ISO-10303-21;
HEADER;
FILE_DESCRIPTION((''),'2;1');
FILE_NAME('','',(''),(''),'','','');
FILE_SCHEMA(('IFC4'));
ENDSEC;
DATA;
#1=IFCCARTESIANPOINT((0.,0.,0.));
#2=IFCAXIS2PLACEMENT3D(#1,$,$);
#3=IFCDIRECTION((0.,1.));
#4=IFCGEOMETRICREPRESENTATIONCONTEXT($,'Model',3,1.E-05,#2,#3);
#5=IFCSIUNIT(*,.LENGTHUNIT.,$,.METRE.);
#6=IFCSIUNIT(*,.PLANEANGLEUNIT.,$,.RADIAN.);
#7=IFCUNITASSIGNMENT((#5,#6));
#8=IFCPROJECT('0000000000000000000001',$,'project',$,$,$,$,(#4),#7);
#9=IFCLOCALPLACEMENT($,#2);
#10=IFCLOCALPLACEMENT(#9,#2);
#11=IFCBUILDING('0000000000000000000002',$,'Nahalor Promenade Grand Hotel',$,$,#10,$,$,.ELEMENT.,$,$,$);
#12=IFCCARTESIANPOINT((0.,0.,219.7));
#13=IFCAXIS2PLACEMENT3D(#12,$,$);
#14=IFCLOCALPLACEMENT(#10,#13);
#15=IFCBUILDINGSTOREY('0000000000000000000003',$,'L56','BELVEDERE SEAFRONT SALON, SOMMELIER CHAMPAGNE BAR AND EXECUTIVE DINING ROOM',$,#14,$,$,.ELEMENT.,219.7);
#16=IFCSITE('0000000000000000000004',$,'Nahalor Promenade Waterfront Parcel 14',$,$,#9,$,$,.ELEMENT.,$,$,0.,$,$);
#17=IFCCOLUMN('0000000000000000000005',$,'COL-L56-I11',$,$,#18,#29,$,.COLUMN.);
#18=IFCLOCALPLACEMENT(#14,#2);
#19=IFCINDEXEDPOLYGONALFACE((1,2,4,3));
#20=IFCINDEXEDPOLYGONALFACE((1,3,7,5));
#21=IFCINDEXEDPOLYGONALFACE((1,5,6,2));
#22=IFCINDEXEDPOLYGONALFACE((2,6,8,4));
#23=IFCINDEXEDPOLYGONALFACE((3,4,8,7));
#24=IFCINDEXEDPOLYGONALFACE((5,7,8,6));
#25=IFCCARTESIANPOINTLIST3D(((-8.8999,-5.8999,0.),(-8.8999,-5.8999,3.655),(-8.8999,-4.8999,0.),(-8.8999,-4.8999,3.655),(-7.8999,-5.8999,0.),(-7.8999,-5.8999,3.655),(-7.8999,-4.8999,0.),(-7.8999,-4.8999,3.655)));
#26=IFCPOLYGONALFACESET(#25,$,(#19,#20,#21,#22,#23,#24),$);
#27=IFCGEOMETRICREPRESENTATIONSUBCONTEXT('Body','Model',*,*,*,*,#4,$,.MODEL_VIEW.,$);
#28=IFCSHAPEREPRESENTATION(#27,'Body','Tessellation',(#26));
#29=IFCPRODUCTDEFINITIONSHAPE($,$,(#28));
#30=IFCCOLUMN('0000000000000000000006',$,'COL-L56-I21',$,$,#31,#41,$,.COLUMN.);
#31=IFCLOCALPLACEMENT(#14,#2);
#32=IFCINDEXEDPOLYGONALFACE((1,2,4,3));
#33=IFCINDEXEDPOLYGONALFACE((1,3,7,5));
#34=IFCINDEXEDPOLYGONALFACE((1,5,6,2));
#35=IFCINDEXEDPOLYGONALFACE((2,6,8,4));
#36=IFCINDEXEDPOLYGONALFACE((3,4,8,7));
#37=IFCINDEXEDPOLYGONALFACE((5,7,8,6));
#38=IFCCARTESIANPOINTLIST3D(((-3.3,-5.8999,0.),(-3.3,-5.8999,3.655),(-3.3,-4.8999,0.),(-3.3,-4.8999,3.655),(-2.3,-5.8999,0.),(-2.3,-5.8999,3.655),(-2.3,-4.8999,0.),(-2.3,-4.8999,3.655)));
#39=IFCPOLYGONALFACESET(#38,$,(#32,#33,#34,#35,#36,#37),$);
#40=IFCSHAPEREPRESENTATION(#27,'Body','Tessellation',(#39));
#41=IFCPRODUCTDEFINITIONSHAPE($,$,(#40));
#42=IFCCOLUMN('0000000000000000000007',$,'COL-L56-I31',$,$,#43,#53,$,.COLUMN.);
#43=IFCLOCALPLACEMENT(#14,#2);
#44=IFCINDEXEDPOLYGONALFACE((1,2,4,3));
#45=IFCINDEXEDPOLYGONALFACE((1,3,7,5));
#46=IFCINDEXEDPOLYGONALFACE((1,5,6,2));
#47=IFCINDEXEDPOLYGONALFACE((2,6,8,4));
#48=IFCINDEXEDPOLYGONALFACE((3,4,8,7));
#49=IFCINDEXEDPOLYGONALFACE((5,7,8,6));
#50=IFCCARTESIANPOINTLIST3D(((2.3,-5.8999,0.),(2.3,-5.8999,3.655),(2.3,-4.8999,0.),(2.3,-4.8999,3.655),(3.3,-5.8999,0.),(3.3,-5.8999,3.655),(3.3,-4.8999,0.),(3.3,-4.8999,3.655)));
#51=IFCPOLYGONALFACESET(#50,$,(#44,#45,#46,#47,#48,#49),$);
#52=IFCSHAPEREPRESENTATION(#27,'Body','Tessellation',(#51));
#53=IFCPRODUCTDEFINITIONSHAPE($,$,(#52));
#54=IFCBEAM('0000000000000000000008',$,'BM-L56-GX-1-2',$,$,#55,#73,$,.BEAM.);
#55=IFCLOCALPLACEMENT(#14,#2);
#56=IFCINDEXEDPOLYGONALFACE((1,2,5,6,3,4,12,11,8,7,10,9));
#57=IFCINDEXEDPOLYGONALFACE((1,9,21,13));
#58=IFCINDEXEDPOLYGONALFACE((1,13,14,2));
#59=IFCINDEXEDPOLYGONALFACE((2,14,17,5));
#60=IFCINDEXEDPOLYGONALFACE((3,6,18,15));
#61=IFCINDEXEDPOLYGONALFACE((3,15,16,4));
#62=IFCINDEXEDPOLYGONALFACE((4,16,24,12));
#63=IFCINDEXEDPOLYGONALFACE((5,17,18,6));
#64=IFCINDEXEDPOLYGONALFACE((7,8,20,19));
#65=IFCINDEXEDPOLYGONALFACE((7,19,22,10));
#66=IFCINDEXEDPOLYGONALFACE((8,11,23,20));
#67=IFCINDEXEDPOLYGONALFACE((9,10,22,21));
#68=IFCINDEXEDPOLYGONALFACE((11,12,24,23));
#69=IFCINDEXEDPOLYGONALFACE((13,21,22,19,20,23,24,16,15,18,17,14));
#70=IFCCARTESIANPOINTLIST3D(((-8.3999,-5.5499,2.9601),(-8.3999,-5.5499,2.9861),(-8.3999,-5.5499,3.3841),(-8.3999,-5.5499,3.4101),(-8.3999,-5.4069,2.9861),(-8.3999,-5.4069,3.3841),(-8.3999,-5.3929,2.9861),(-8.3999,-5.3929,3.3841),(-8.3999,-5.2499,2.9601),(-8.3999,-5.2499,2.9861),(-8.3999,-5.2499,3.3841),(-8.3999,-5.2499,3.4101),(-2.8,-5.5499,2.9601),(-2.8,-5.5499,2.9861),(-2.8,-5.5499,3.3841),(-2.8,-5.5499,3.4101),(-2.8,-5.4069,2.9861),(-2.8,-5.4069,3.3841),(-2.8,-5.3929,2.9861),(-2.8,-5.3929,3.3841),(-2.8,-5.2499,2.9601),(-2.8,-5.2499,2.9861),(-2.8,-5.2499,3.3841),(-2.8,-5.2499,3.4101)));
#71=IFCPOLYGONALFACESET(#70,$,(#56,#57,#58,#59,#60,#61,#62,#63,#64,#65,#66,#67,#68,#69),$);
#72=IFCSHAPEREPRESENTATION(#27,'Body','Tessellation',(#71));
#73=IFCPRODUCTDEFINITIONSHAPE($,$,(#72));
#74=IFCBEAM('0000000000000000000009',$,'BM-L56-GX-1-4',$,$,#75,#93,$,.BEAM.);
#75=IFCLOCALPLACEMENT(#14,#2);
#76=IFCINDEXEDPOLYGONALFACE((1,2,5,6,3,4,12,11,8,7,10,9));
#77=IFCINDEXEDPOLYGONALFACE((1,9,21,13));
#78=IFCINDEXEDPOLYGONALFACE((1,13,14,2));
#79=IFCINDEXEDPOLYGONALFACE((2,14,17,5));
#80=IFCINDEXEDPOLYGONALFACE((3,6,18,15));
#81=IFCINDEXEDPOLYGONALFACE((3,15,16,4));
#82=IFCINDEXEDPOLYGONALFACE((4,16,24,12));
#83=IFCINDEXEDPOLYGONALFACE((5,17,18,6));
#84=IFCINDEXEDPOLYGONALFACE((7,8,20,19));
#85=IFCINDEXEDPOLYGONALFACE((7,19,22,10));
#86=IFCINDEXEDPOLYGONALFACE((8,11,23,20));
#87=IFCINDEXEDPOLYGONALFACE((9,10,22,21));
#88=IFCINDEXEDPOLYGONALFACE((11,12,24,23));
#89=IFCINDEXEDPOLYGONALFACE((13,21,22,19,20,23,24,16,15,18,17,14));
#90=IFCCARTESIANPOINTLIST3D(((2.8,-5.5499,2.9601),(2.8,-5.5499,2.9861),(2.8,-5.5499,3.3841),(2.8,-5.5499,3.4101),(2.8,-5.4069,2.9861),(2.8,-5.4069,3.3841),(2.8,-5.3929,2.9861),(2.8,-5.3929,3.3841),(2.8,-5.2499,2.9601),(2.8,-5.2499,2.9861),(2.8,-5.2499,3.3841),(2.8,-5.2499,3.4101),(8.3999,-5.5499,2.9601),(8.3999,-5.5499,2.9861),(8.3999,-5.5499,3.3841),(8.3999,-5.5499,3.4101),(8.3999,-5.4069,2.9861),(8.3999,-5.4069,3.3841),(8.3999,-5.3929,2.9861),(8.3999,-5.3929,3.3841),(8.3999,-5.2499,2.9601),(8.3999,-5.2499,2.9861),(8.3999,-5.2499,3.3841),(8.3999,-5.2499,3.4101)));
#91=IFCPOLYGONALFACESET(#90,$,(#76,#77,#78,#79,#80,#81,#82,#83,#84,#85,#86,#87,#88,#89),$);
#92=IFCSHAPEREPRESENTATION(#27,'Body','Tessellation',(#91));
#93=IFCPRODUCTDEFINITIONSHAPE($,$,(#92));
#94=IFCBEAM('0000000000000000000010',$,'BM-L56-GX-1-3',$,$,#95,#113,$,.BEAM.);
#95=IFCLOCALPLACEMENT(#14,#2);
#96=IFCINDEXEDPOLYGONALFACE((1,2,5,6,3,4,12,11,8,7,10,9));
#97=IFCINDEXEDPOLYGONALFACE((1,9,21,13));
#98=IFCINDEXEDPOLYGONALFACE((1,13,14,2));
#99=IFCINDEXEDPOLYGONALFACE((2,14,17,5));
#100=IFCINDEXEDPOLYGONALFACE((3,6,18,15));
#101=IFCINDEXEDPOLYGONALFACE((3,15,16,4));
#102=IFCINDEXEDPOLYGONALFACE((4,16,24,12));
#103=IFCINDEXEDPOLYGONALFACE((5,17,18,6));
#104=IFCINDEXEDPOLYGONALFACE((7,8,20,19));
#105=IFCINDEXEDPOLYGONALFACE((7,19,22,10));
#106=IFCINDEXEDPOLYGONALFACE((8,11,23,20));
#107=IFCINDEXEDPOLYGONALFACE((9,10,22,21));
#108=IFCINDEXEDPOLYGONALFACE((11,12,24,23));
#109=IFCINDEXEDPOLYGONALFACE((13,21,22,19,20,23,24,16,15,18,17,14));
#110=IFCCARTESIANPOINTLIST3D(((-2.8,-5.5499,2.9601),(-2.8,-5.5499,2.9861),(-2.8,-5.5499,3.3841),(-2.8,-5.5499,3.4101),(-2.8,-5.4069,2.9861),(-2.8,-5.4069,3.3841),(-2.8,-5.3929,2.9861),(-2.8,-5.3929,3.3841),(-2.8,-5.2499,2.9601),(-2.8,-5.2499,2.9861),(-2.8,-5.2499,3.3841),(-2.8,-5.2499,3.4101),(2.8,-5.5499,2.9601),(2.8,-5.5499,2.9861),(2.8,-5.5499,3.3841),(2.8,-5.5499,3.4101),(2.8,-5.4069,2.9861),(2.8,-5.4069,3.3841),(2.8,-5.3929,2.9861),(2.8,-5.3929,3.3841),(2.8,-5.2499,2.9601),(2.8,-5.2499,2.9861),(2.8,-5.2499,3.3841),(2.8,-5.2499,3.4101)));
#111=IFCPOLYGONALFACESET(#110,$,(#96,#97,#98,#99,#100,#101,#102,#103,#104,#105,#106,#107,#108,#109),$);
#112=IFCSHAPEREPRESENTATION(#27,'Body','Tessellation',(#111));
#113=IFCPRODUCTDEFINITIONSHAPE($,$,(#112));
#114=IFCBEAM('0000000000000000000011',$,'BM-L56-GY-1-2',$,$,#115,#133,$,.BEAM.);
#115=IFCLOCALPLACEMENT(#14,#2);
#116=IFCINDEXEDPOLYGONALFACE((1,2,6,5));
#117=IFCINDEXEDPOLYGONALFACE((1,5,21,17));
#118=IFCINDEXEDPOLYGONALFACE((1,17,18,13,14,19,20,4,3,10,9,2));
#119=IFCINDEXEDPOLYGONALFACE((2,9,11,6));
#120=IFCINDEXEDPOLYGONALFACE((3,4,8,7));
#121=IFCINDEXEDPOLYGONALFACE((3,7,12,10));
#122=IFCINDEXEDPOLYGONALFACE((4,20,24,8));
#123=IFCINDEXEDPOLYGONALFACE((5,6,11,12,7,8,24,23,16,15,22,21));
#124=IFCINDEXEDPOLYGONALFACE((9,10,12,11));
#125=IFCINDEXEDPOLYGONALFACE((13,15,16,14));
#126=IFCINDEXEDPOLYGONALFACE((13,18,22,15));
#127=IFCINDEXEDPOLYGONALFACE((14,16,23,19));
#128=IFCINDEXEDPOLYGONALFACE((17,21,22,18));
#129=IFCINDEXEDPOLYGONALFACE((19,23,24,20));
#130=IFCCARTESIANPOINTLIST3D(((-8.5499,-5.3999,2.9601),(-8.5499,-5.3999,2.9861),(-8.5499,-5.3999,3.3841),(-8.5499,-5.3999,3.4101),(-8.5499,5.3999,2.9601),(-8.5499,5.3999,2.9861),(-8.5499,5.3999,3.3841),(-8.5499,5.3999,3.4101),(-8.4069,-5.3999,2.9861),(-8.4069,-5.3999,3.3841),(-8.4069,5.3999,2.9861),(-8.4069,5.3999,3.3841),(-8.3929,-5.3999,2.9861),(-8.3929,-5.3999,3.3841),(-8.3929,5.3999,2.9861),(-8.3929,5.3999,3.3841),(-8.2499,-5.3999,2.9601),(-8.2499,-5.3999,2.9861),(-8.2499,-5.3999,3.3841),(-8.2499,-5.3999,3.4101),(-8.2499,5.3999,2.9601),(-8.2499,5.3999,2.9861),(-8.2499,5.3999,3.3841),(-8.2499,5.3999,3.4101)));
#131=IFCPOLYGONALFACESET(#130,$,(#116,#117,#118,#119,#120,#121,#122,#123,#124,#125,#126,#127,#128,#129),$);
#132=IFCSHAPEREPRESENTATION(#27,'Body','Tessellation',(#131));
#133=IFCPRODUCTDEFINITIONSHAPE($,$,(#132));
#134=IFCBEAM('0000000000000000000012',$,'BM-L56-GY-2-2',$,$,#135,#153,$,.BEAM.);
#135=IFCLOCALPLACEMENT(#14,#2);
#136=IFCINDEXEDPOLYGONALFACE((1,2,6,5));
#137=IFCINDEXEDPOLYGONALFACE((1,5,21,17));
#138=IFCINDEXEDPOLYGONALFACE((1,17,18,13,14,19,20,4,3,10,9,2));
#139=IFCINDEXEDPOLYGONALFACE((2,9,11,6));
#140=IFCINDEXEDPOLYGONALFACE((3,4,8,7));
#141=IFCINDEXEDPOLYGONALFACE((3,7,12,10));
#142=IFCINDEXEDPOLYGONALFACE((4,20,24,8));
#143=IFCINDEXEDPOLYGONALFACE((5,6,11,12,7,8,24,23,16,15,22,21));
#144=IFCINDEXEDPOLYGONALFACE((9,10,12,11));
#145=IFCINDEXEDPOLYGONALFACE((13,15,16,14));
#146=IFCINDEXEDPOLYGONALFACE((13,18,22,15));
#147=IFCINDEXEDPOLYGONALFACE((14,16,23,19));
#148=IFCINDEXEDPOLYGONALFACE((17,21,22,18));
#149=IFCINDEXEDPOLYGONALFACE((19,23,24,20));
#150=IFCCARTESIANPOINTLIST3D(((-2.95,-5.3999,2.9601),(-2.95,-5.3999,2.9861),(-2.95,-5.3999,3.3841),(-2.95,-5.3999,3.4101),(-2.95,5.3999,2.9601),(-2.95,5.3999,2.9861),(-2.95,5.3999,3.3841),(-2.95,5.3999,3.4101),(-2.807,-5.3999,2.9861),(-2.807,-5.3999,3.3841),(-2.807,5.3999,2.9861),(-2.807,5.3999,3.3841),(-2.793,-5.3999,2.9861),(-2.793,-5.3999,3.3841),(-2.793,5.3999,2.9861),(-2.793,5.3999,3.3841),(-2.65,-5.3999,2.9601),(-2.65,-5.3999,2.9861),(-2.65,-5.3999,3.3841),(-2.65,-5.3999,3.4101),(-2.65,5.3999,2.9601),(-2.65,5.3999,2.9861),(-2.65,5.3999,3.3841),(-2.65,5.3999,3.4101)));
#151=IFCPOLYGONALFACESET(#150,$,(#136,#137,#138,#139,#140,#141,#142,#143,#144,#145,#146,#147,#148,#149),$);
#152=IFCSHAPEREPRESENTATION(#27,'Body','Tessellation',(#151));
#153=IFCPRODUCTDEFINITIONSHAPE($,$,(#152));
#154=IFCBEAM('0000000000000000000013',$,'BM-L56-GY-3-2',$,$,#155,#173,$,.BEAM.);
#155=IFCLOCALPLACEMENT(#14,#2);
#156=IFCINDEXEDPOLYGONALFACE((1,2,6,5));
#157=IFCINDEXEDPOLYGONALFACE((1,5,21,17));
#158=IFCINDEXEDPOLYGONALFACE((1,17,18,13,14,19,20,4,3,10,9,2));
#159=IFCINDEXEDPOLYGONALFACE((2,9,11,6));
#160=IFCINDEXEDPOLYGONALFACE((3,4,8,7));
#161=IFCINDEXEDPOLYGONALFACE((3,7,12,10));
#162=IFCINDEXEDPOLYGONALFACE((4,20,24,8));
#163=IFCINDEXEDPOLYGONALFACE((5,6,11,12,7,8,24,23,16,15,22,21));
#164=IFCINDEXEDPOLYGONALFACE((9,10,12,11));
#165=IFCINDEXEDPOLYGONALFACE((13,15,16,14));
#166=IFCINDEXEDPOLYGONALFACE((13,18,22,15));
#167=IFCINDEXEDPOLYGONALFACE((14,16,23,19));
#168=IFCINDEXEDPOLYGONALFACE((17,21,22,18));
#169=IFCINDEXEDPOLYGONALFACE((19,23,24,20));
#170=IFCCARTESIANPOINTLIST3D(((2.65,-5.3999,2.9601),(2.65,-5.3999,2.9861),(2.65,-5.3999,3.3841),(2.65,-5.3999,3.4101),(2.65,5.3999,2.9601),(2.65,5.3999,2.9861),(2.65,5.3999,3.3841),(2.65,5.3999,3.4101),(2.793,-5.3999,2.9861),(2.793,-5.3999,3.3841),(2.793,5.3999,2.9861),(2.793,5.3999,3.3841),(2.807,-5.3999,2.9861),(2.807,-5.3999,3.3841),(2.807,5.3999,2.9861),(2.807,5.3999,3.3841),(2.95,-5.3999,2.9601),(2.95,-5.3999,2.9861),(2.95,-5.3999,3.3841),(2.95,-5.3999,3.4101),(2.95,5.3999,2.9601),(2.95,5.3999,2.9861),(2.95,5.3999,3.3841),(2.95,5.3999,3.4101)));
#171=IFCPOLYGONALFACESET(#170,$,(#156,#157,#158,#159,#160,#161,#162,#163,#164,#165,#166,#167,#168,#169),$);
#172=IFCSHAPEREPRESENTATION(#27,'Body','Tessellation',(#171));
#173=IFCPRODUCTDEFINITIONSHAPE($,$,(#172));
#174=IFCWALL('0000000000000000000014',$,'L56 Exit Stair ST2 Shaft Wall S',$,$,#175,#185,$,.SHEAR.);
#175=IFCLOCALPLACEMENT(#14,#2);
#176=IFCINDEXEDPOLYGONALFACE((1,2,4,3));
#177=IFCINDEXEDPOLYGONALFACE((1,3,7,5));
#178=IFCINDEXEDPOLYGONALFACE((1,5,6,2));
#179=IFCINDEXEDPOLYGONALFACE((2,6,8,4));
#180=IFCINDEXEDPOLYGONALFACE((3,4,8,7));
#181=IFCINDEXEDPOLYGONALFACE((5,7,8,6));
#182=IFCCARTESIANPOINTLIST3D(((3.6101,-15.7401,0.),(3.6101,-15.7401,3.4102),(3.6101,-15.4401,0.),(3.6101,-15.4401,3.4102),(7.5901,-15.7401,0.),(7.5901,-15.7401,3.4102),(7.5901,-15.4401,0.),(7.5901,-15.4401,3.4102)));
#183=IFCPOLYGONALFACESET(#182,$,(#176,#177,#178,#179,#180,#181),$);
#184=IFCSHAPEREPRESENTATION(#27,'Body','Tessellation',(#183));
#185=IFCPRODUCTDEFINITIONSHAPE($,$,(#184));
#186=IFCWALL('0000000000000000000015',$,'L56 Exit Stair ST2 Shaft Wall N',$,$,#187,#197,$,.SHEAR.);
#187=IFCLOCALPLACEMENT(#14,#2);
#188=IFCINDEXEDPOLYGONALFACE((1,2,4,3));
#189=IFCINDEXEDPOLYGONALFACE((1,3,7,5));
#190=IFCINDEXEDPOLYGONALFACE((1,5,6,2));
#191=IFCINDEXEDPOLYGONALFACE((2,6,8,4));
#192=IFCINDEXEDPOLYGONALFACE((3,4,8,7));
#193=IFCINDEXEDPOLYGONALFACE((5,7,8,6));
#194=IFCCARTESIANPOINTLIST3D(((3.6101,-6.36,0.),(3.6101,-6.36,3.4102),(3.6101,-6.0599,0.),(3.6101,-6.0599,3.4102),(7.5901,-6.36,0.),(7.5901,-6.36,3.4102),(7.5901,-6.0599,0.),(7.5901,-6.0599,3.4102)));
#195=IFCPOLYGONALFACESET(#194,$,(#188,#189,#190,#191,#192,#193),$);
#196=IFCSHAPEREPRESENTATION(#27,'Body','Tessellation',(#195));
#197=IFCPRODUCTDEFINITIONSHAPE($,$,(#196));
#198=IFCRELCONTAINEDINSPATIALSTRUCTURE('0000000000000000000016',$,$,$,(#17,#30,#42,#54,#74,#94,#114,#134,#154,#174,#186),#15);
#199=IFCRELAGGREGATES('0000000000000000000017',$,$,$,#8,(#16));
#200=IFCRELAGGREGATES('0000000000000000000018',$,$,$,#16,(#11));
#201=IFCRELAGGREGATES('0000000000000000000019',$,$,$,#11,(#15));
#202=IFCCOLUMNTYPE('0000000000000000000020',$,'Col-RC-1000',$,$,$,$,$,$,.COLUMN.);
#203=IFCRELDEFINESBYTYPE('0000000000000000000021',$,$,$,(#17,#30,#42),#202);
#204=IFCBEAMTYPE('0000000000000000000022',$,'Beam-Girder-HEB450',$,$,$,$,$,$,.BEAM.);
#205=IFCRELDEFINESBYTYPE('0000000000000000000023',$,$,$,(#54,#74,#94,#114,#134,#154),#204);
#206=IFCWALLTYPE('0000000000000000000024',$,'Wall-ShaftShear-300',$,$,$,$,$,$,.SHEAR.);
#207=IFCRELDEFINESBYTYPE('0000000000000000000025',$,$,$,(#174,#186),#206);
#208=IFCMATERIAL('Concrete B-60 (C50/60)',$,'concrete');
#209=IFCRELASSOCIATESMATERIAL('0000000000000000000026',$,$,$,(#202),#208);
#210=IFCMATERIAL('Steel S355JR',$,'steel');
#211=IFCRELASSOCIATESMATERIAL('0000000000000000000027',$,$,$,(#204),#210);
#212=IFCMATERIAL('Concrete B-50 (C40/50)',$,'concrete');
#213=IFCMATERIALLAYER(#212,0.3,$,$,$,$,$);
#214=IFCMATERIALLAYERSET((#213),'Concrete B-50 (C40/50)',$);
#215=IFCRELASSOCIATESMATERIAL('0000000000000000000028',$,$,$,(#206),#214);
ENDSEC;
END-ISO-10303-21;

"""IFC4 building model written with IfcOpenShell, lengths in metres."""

from ifc_helpers import new_model, si_unit, direction, frame, frame_2d, origin, origin_2d, place, context, subcontext, project, spatial, rectangle, i_section, extrude, source, transform, mapped, material, layer, layer_set, material_profile, profile_set, type_object, element, save


model = new_model("IFC4")

# Units and contexts
model_context = context("Model", 3, precision=1e-05, world=origin(), true_north=direction((0.0, 1.0)))
body_context = subcontext(model_context, "Body", "Model", "MODEL_VIEW")
ifc_project = project(units=[si_unit("LENGTHUNIT", "METRE"), si_unit("PLANEANGLEUNIT", "RADIAN")], contexts=[model_context])

# Site, building, storey
site_placement = place(None, origin())
site = spatial("IfcSite", under=ifc_project, at=site_placement, Name="Nahalor Promenade Waterfront Parcel 14", CompositionType="ELEMENT", RefElevation=0.0)
building_placement = place(site_placement, origin())
building = spatial("IfcBuilding", under=site, at=building_placement, Name="Nahalor Promenade Grand Hotel", CompositionType="ELEMENT")
storey_placement = place(building_placement, frame((0.0, 0.0, 219.7)))
storey = spatial("IfcBuildingStorey", under=building, at=storey_placement, Name="L56", Description="BELVEDERE SEAFRONT SALON, SOMMELIER CHAMPAGNE BAR AND EXECUTIVE DINING ROOM", CompositionType="ELEMENT", Elevation=219.7)

# Columns
ifc_material_1 = material(Name="Concrete B-60 (C50/60)", Category="concrete")
ifc_material_profile_1 = material_profile(ifc_material_1, rectangle(XDim=1.0, YDim=1.0, at=origin_2d()), Name="RC 1000x1000")
ifc_profile_set_1 = profile_set([ifc_material_profile_1], Name="Concrete B-60 (C50/60)")
column_type = type_object("IfcColumnType", Name="Col-RC-1000", PredefinedType="COLUMN", material=ifc_profile_set_1)
shared_shape_1 = source(origin(), body_context, "Body", "SweptSolid", [
    extrude(rectangle(XDim=1.0, YDim=1.0, at=origin_2d()), origin(), (0.0, 0.0, 1.0), 3.655),
])
for number, where, z_axis, x_axis, name in (
    (1, (-8.3999, -5.3999, 0.0), (0.0, 0.0, 1.0), (1.0, 0.0, 0.0), "COL-L56-I11"),
    (2, (-2.8, -5.3999, 0.0), (0.0, 0.0, 1.0), (1.0, 0.0, 0.0), "COL-L56-I21"),
    (3, (2.8, -5.3999, 0.0), (0.0, 0.0, 1.0), (1.0, 0.0, 0.0), "COL-L56-I31"),
):
    element("IfcColumn", number, at=place(storey_placement, frame(where, z_axis=z_axis, x_axis=x_axis)), inside=storey, type_object=column_type, Name=name, PredefinedType="COLUMN", context=body_context, shape_type="MappedRepresentation", body=[
        mapped(shared_shape_1, transform((0.0, 0.0, 0.0), scale=1.0)),
    ])

# Beams
ifc_material_2 = material(Name="Steel S355JR", Category="steel")
ifc_material_profile_2 = material_profile(ifc_material_2, i_section(OverallWidth=0.3, OverallDepth=0.45, WebThickness=0.014, FlangeThickness=0.026, at=origin_2d()), Name="HEB 450")
ifc_profile_set_2 = profile_set([ifc_material_profile_2], Name="Steel S355JR")
beam_type = type_object("IfcBeamType", Name="Beam-Girder-HEB450", PredefinedType="BEAM", material=ifc_profile_set_2)
shared_shape_2 = source(origin(), body_context, "Body", "SweptSolid", [
    extrude(i_section(OverallWidth=0.3, OverallDepth=0.45, WebThickness=0.014, FlangeThickness=0.026, at=origin_2d()), origin(), (0.0, 0.0, 1.0), 5.5999),
])
for number, where, z_axis, x_axis, name in (
    (4, (-8.3999, -5.3999, 3.1851), (1.0, 0.0, 0.0), (0.0, 1.0, 0.0), "BM-L56-GX-1-2"),
    (5, (2.8, -5.3999, 3.1851), (1.0, 0.0, 0.0), (0.0, 1.0, 0.0), "BM-L56-GX-1-4"),
):
    element("IfcBeam", number, at=place(storey_placement, frame(where, z_axis=z_axis, x_axis=x_axis)), inside=storey, type_object=beam_type, Name=name, PredefinedType="BEAM", context=body_context, shape_type="MappedRepresentation", body=[
        mapped(shared_shape_2, transform((0.0, 0.0, 0.0), scale=1.0)),
    ])
shared_shape_3 = source(origin(), body_context, "Body", "SweptSolid", [
    extrude(i_section(OverallWidth=0.3, OverallDepth=0.45, WebThickness=0.014, FlangeThickness=0.026, at=origin_2d()), origin(), (0.0, 0.0, 1.0), 5.6001),
])
beam_placement = place(storey_placement, frame((-2.8, -5.3999, 3.1851), z_axis=(1.0, 0.0, 0.0), x_axis=(0.0, 1.0, 0.0)))
element("IfcBeam", 6, at=beam_placement, inside=storey, type_object=beam_type, Name="BM-L56-GX-1-3", PredefinedType="BEAM", context=body_context, shape_type="MappedRepresentation", body=[
    mapped(shared_shape_3, transform((0.0, 0.0, 0.0), scale=1.0)),
])
shared_shape_4 = source(origin(), body_context, "Body", "SweptSolid", [
    extrude(i_section(OverallWidth=0.3, OverallDepth=0.45, WebThickness=0.014, FlangeThickness=0.026, at=origin_2d()), origin(), (0.0, 0.0, 1.0), 10.7998),
])
for number, where, z_axis, x_axis, name in (
    (7, (-8.3999, -5.3999, 3.1851), (0.0, 1.0, 0.0), (-1.0, 0.0, 0.0), "BM-L56-GY-1-2"),
    (8, (-2.8, -5.3999, 3.1851), (0.0, 1.0, 0.0), (-1.0, 0.0, 0.0), "BM-L56-GY-2-2"),
    (9, (2.8, -5.3999, 3.1851), (0.0, 1.0, 0.0), (-1.0, 0.0, 0.0), "BM-L56-GY-3-2"),
):
    element("IfcBeam", number, at=place(storey_placement, frame(where, z_axis=z_axis, x_axis=x_axis)), inside=storey, type_object=beam_type, Name=name, PredefinedType="BEAM", context=body_context, shape_type="MappedRepresentation", body=[
        mapped(shared_shape_4, transform((0.0, 0.0, 0.0), scale=1.0)),
    ])

# Walls
ifc_material_3 = material(Name="Concrete B-50 (C40/50)", Category="concrete")
ifc_layer_1 = layer(ifc_material_3, 0.3)
ifc_layer_set_1 = layer_set([ifc_layer_1], Name="Concrete B-50 (C40/50)")
wall_type_1 = type_object("IfcWallType", Name="Wall-ShaftShear-300", PredefinedType="SHEAR", material=ifc_layer_set_1)
shared_shape_5 = source(origin(), body_context, "Body", "SweptSolid", [
    extrude(rectangle(XDim=3.98, YDim=0.3, at=frame_2d((1.99, 0.0))), origin(), (0.0, 0.0, 1.0), 3.4102),
])
for number, where, z_axis, x_axis, name in (
    (10, (3.6101, -15.5901, 0.0), (0.0, 0.0, 1.0), (1.0, 0.0, 0.0), "L56 Exit Stair ST2 Shaft Wall S"),
    (11, (3.6101, -6.21, 0.0), (0.0, 0.0, 1.0), (1.0, 0.0, 0.0), "L56 Exit Stair ST2 Shaft Wall N"),
):
    element("IfcWall", number, at=place(storey_placement, frame(where, z_axis=z_axis, x_axis=x_axis)), inside=storey, type_object=wall_type_1, Name=name, PredefinedType="SHEAR", context=body_context, shape_type="MappedRepresentation", body=[
        mapped(shared_shape_5, transform((0.0, 0.0, 0.0), scale=1.0)),
    ])

save(model, "model.ifc")
